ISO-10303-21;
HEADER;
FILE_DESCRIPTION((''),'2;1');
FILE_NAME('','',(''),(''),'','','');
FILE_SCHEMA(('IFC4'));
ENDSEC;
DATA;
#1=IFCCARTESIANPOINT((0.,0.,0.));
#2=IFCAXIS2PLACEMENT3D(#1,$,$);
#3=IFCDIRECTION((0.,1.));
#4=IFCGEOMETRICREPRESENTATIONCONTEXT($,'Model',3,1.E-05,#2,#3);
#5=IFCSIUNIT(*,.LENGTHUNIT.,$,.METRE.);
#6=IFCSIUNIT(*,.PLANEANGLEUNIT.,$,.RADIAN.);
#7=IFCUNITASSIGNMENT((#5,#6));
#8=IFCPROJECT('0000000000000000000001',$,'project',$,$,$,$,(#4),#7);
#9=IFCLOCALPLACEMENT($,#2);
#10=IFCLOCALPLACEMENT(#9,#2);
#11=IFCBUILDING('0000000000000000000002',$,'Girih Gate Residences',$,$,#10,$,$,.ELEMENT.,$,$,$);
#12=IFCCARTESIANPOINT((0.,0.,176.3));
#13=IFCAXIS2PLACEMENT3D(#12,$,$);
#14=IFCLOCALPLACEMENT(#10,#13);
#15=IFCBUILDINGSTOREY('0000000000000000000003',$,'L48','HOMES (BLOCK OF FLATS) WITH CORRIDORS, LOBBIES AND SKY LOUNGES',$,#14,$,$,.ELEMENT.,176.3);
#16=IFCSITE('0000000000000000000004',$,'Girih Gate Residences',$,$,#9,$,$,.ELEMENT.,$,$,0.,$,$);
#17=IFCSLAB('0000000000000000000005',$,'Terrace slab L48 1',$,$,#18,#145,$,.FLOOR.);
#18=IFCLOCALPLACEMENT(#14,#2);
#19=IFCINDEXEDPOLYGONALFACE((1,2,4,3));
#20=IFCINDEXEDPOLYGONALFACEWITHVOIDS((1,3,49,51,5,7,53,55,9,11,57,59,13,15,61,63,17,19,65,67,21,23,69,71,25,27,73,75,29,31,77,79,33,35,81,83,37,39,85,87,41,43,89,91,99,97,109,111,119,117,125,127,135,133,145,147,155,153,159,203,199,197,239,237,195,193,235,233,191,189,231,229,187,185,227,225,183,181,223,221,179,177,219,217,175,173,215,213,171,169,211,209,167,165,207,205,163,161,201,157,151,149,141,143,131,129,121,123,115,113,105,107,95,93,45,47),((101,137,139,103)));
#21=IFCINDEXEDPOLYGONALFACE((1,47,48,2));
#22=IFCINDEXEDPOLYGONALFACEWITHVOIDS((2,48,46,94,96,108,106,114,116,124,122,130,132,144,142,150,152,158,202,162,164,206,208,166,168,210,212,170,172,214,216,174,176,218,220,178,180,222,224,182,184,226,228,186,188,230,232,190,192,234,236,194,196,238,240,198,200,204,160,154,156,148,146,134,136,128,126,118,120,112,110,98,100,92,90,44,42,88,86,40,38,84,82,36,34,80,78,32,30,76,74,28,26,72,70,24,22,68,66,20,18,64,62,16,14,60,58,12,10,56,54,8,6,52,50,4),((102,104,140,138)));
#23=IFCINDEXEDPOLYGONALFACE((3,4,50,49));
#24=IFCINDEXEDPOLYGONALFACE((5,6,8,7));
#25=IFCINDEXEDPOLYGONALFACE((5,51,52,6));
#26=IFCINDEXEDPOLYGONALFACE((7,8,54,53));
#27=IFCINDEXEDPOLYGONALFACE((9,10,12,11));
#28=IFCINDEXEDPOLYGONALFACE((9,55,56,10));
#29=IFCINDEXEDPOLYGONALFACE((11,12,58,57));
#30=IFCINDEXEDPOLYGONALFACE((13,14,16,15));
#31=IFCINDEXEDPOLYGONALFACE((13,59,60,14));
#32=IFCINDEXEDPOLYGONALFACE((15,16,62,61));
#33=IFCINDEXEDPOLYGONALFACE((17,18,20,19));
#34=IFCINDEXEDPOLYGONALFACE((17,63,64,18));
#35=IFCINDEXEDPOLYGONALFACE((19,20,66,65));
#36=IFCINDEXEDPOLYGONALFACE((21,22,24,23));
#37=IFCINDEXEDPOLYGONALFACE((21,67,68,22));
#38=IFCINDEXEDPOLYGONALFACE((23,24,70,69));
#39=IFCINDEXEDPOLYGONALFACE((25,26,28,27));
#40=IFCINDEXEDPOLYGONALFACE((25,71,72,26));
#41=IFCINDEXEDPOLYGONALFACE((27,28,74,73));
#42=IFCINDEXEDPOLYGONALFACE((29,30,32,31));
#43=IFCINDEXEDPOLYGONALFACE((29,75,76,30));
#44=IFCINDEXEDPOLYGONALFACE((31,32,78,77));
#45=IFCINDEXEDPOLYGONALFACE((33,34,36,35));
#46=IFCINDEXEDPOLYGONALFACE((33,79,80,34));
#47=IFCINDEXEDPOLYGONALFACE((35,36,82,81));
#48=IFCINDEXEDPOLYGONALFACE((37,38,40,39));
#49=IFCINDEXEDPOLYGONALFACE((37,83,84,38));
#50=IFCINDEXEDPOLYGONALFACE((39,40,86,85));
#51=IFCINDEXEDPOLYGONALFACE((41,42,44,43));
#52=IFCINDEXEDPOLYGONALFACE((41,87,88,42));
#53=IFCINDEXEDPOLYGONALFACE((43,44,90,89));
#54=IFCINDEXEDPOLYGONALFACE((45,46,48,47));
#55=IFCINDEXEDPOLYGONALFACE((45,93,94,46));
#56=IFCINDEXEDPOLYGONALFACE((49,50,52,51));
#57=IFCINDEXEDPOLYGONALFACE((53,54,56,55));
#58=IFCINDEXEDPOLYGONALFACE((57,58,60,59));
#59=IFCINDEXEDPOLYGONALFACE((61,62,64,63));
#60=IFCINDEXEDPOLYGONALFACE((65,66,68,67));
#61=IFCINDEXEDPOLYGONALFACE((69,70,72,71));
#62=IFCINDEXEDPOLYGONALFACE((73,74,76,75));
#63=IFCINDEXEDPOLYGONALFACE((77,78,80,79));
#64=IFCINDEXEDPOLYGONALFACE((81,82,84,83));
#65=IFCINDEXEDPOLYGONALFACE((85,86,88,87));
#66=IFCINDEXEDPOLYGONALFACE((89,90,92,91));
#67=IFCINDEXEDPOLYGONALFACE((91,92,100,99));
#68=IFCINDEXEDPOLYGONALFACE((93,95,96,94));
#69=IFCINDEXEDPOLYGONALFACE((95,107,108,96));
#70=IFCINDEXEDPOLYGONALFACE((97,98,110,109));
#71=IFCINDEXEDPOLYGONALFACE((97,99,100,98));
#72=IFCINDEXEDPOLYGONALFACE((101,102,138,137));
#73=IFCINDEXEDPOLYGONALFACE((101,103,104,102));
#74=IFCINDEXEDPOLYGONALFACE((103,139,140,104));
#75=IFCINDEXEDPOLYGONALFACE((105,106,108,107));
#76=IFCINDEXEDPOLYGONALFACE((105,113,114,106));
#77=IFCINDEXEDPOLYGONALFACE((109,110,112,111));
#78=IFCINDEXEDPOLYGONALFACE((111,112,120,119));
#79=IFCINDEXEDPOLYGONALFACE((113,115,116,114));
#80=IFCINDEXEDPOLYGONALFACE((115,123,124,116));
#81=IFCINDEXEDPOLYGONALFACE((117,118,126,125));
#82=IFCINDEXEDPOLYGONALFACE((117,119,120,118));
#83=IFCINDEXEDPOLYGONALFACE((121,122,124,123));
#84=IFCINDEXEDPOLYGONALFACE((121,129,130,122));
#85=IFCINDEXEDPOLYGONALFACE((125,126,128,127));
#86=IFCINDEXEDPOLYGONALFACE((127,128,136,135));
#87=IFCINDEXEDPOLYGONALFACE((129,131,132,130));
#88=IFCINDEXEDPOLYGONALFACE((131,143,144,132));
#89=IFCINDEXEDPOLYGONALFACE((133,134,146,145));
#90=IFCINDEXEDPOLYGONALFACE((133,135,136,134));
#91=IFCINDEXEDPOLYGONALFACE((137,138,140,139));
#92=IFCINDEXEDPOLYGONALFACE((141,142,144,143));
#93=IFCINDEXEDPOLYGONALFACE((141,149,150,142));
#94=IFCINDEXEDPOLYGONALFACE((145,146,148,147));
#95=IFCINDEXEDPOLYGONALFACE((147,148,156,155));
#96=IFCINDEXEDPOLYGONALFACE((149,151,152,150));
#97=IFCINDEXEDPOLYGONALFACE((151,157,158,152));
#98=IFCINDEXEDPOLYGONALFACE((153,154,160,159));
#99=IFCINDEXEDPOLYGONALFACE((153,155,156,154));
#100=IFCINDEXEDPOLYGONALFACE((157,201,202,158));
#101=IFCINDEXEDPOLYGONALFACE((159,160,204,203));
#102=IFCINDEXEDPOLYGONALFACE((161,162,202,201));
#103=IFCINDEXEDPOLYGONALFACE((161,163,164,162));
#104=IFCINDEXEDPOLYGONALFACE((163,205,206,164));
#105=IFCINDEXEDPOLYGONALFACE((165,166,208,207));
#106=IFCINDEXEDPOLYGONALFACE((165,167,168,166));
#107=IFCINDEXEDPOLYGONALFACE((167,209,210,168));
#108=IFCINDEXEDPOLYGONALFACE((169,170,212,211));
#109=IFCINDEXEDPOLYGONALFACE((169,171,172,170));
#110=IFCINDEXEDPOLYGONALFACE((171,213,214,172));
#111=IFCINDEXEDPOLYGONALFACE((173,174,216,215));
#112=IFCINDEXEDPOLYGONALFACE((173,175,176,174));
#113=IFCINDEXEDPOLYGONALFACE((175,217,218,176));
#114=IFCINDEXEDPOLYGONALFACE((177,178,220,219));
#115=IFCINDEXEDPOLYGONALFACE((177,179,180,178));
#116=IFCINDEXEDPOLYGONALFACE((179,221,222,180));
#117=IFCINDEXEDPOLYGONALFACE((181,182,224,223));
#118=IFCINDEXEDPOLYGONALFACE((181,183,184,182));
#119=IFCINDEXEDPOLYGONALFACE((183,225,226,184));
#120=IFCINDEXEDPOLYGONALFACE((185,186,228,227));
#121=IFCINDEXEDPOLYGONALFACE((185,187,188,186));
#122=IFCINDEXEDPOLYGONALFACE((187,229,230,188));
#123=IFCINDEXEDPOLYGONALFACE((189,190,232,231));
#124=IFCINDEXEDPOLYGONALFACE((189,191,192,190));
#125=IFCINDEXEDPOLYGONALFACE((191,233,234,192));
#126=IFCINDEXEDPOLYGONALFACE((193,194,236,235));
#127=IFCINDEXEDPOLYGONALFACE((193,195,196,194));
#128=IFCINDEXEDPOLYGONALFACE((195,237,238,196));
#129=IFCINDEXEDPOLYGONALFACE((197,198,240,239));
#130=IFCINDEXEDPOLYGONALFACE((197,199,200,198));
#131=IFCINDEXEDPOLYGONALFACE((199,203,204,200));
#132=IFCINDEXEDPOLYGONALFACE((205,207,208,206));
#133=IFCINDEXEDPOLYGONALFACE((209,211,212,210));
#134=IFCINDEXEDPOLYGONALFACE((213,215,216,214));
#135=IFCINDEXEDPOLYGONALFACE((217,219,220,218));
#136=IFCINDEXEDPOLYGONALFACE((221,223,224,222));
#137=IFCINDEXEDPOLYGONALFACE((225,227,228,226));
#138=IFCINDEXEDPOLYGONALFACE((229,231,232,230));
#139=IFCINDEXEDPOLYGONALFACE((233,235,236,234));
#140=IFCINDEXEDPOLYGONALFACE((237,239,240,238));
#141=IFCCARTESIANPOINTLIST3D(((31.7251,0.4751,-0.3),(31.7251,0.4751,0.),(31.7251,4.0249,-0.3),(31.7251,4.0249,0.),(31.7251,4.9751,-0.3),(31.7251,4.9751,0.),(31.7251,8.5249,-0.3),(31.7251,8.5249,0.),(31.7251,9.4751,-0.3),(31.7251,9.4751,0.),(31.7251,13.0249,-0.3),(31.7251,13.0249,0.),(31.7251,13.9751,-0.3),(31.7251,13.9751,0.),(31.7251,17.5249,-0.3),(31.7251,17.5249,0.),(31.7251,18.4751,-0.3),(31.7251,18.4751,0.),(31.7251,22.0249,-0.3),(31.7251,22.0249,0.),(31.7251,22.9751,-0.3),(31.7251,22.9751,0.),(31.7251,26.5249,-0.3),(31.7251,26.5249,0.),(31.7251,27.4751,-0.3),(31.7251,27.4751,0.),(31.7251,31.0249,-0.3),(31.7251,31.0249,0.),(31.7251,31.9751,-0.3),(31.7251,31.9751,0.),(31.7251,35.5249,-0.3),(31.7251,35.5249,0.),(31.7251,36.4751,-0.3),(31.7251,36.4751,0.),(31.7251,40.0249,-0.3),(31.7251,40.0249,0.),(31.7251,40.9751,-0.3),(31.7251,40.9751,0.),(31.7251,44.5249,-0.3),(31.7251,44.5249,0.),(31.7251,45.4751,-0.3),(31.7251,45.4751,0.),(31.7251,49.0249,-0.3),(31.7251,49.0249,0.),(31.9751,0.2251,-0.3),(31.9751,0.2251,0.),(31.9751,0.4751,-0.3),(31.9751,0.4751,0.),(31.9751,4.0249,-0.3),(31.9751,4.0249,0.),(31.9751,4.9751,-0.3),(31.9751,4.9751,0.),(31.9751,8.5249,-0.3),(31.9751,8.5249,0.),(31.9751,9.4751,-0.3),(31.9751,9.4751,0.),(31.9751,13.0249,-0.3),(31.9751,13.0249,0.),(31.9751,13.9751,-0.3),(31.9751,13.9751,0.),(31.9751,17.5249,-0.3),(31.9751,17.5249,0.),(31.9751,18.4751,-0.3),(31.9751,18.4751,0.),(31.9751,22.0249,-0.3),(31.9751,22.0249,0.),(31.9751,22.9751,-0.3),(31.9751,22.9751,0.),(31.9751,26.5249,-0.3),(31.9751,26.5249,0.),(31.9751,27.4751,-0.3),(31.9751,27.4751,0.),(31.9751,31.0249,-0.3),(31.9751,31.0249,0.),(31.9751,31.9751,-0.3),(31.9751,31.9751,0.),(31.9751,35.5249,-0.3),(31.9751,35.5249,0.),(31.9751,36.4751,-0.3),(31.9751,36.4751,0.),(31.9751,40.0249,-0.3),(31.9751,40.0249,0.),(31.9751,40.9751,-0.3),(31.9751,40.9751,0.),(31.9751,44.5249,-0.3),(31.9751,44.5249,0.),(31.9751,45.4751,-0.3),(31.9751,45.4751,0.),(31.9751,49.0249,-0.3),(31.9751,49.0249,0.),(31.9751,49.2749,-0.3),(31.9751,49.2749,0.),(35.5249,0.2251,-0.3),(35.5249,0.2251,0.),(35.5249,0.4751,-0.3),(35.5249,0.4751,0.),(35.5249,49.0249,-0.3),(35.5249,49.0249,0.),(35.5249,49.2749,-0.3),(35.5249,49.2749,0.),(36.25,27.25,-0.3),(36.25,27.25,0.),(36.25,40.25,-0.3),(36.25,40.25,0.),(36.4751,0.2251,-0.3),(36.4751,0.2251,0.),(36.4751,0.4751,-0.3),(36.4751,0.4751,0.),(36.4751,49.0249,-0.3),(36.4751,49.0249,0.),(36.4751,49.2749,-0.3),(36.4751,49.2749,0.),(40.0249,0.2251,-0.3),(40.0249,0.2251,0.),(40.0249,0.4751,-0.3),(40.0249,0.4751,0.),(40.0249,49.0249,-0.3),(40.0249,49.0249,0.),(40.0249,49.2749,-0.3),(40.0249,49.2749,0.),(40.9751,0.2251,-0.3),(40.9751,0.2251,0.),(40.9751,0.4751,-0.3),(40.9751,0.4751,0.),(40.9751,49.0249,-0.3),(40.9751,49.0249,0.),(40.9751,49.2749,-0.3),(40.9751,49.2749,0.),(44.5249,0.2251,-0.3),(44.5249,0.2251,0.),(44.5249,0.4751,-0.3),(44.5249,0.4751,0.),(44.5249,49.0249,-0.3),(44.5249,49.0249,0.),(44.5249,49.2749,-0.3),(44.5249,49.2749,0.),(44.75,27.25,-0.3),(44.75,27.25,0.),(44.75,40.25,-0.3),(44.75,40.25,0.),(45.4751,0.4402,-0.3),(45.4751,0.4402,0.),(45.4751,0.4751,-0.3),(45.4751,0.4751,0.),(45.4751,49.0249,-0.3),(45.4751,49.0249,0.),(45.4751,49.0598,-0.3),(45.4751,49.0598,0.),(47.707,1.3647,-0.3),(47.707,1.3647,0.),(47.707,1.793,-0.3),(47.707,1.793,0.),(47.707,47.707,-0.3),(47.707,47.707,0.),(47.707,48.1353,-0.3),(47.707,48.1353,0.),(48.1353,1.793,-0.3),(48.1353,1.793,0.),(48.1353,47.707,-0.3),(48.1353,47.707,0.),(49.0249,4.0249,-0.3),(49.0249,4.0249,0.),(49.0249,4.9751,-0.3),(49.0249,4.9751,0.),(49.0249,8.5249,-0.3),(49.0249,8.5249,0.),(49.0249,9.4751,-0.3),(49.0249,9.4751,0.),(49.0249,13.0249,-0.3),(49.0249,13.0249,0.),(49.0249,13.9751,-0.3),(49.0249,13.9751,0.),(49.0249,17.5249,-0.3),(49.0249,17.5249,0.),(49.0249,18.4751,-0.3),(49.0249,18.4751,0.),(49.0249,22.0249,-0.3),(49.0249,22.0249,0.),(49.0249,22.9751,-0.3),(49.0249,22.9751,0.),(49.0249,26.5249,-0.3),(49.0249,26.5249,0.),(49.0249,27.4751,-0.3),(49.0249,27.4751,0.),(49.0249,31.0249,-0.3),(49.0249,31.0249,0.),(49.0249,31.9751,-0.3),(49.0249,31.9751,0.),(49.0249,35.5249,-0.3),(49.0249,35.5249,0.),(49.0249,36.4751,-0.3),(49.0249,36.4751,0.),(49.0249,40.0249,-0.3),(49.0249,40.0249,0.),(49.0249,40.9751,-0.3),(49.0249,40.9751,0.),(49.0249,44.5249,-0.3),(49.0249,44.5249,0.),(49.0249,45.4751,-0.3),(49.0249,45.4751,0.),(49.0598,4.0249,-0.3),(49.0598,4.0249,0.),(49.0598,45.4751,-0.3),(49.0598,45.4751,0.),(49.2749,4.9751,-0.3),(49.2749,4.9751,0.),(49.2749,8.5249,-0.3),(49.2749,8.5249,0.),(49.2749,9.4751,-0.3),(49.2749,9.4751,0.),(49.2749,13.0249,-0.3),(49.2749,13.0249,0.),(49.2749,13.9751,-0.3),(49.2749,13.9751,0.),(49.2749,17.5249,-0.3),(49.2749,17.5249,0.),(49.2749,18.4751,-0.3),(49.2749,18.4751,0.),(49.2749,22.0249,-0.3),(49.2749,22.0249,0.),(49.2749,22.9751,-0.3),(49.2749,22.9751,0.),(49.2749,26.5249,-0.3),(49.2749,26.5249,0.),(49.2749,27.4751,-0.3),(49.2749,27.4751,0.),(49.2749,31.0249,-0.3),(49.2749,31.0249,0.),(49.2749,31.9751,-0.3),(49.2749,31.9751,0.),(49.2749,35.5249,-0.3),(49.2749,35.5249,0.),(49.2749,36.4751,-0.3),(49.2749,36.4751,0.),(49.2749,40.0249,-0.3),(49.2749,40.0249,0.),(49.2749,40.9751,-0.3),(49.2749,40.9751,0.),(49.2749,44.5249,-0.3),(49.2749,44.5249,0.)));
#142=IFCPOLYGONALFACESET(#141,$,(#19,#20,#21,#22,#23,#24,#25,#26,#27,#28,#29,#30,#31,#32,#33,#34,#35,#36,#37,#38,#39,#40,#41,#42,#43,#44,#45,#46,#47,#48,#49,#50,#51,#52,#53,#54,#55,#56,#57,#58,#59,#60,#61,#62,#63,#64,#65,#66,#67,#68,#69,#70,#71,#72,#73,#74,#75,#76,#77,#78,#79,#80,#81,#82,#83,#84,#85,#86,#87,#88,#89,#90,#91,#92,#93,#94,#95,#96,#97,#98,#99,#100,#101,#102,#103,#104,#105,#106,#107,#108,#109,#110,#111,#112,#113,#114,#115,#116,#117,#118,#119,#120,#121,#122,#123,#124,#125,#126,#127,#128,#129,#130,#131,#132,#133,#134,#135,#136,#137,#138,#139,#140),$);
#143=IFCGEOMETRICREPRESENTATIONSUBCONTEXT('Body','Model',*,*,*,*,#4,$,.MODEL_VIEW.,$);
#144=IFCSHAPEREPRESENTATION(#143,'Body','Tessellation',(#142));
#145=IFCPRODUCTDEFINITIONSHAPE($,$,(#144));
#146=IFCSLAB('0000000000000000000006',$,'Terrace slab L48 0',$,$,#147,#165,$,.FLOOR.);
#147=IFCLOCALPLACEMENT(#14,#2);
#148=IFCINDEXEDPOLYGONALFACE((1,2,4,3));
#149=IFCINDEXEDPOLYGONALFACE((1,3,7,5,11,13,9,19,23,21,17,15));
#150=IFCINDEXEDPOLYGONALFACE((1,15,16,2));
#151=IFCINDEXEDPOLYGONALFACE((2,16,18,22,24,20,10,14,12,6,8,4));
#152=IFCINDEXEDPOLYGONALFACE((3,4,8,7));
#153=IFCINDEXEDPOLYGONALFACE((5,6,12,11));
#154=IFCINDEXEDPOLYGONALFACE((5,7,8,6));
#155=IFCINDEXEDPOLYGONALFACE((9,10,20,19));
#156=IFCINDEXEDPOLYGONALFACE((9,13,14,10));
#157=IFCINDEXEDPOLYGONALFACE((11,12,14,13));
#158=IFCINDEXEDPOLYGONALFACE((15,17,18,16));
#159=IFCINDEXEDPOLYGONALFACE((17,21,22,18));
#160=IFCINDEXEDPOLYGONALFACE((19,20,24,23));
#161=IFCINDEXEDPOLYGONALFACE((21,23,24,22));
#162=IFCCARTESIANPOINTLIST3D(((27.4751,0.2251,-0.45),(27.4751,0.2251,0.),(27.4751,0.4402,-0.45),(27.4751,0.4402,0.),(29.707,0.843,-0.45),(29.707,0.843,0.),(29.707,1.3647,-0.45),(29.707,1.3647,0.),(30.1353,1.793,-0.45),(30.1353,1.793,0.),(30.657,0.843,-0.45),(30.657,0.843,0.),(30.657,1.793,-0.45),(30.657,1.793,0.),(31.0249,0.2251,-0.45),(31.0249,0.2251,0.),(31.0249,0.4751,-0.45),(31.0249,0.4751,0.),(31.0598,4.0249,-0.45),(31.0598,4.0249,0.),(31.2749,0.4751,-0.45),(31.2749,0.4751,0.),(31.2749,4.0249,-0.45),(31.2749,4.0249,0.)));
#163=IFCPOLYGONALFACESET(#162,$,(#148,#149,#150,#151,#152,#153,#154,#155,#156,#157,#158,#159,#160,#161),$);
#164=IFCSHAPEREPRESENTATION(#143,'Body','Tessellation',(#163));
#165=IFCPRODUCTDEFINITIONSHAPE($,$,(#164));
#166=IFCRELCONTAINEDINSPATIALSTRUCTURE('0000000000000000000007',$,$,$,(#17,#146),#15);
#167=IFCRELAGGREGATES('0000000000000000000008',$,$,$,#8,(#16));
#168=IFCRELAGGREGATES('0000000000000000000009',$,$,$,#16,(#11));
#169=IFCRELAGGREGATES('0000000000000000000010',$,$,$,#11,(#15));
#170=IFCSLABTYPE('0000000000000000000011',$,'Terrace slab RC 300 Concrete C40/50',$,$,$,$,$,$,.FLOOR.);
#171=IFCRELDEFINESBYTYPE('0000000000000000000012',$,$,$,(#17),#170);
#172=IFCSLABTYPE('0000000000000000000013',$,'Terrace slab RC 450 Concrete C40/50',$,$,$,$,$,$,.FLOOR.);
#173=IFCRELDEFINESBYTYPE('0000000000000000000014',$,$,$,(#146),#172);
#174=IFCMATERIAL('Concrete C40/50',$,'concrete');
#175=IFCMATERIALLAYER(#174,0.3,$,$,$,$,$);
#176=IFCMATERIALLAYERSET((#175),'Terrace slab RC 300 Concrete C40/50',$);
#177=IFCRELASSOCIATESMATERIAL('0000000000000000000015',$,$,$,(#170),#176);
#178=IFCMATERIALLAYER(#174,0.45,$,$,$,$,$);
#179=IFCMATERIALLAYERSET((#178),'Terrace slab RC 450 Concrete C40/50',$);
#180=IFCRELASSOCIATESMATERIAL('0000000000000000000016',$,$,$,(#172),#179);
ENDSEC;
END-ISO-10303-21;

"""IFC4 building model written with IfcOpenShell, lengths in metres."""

from ifc_helpers import new_model, si_unit, direction, frame, origin, place, context, subcontext, project, spatial, polyline, outline, extrude, material, layer, layer_set, type_object, element, save


model = new_model("IFC4")

# Units and contexts
model_context = context("Model", 3, precision=1e-05, world=origin(), true_north=direction((0.0, 1.0)))
body_context = subcontext(model_context, "Body", "Model", "MODEL_VIEW")
ifc_project = project(units=[si_unit("LENGTHUNIT", "METRE"), si_unit("PLANEANGLEUNIT", "RADIAN")], contexts=[model_context])

# Site, building, storey
site_placement = place(None, origin())
site = spatial("IfcSite", under=ifc_project, at=site_placement, Name="Girih Gate Residences", CompositionType="ELEMENT", RefElevation=0.0)
building_placement = place(site_placement, origin())
building = spatial("IfcBuilding", under=site, at=building_placement, Name="Girih Gate Residences", CompositionType="ELEMENT")
storey_placement = place(building_placement, frame((0.0, 0.0, 176.3)))
storey = spatial("IfcBuildingStorey", under=building, at=storey_placement, Name="L48", Description="HOMES (BLOCK OF FLATS) WITH CORRIDORS, LOBBIES AND SKY LOUNGES", CompositionType="ELEMENT", Elevation=176.3)

# Shared definitions
ifc_material_1 = material(Name="Concrete C40/50", Category="concrete")

# Slabs
ifc_layer_1 = layer(ifc_material_1, 0.3)
ifc_layer_set_1 = layer_set([ifc_layer_1], Name="Terrace slab RC 300 Concrete C40/50")
slab_type_1 = type_object("IfcSlabType", Name="Terrace slab RC 300 Concrete C40/50", PredefinedType="FLOOR", material=ifc_layer_set_1)
slab_1_placement = place(storey_placement, frame((0.0, 0.0, -0.3)))
element("IfcSlab", 1, at=slab_1_placement, inside=storey, type_object=slab_type_1, Name="Terrace slab L48 1", PredefinedType="FLOOR", context=body_context, shape_type="SweptSolid", body=[
    extrude(outline(polyline([(47.707, 47.707), (47.707, 48.1353), (45.4751, 49.0598), (45.4751, 49.0249), (44.5249, 49.0249), (44.5249, 49.2749), (40.9751, 49.2749), (40.9751, 49.0249), (40.0249, 49.0249), (40.0249, 49.2749), (36.4751, 49.2749), (36.4751, 49.0249), (35.5249, 49.0249), (35.5249, 49.2749), (31.9751, 49.2749), (31.9751, 49.0249), (31.7251, 49.0249), (31.7251, 45.4751), (31.9751, 45.4751), (31.9751, 44.5249), (31.7251, 44.5249), (31.7251, 40.9751), (31.9751, 40.9751), (31.9751, 40.0249), (31.7251, 40.0249), (31.7251, 36.4751), (31.9751, 36.4751), (31.9751, 35.5249), (31.7251, 35.5249), (31.7251, 31.9751), (31.9751, 31.9751), (31.9751, 31.0249), (31.7251, 31.0249), (31.7251, 27.4751), (31.9751, 27.4751), (31.9751, 26.5249), (31.7251, 26.5249), (31.7251, 22.9751), (31.9751, 22.9751), (31.9751, 22.0249), (31.7251, 22.0249), (31.7251, 18.4751), (31.9751, 18.4751), (31.9751, 17.5249), (31.7251, 17.5249), (31.7251, 13.9751), (31.9751, 13.9751), (31.9751, 13.0249), (31.7251, 13.0249), (31.7251, 9.4751), (31.9751, 9.4751), (31.9751, 8.5249), (31.7251, 8.5249), (31.7251, 4.9751), (31.9751, 4.9751), (31.9751, 4.0249), (31.7251, 4.0249), (31.7251, 0.4751), (31.9751, 0.4751), (31.9751, 0.2251), (35.5249, 0.2251), (35.5249, 0.4751), (36.4751, 0.4751), (36.4751, 0.2251), (40.0249, 0.2251), (40.0249, 0.4751), (40.9751, 0.4751), (40.9751, 0.2251), (44.5249, 0.2251), (44.5249, 0.4751), (45.4751, 0.4751), (45.4751, 0.4402), (47.707, 1.3647), (47.707, 1.793), (48.1353, 1.793), (49.0598, 4.0249), (49.0249, 4.0249), (49.0249, 4.9751), (49.2749, 4.9751), (49.2749, 8.5249), (49.0249, 8.5249), (49.0249, 9.4751), (49.2749, 9.4751), (49.2749, 13.0249), (49.0249, 13.0249), (49.0249, 13.9751), (49.2749, 13.9751), (49.2749, 17.5249), (49.0249, 17.5249), (49.0249, 18.4751), (49.2749, 18.4751), (49.2749, 22.0249), (49.0249, 22.0249), (49.0249, 22.9751), (49.2749, 22.9751), (49.2749, 26.5249), (49.0249, 26.5249), (49.0249, 27.4751), (49.2749, 27.4751), (49.2749, 31.0249), (49.0249, 31.0249), (49.0249, 31.9751), (49.2749, 31.9751), (49.2749, 35.5249), (49.0249, 35.5249), (49.0249, 36.4751), (49.2749, 36.4751), (49.2749, 40.0249), (49.0249, 40.0249), (49.0249, 40.9751), (49.2749, 40.9751), (49.2749, 44.5249), (49.0249, 44.5249), (49.0249, 45.4751), (49.0598, 45.4751), (48.1353, 47.707), (47.707, 47.707)]), holes=[polyline([(44.75, 27.25), (36.25, 27.25), (36.25, 40.25), (44.75, 40.25), (44.75, 27.25)])]), origin(), (0.0, 0.0, 1.0), 0.3),
])
ifc_layer_2 = layer(ifc_material_1, 0.45)
ifc_layer_set_2 = layer_set([ifc_layer_2], Name="Terrace slab RC 450 Concrete C40/50")
slab_type_2 = type_object("IfcSlabType", Name="Terrace slab RC 450 Concrete C40/50", PredefinedType="FLOOR", material=ifc_layer_set_2)
slab_2_placement = place(storey_placement, frame((0.0, 0.0, -0.45)))
element("IfcSlab", 2, at=slab_2_placement, inside=storey, type_object=slab_type_2, Name="Terrace slab L48 0", PredefinedType="FLOOR", context=body_context, shape_type="SweptSolid", body=[
    extrude(outline(polyline([(27.4751, 0.4402), (27.4751, 0.2251), (31.0249, 0.2251), (31.0249, 0.4751), (31.2749, 0.4751), (31.2749, 4.0249), (31.0598, 4.0249), (30.1353, 1.793), (30.657, 1.793), (30.657, 0.843), (29.707, 0.843), (29.707, 1.3647), (27.4751, 0.4402)])), origin(), (0.0, 0.0, 1.0), 0.45),
])

save(model, "model.ifc")
